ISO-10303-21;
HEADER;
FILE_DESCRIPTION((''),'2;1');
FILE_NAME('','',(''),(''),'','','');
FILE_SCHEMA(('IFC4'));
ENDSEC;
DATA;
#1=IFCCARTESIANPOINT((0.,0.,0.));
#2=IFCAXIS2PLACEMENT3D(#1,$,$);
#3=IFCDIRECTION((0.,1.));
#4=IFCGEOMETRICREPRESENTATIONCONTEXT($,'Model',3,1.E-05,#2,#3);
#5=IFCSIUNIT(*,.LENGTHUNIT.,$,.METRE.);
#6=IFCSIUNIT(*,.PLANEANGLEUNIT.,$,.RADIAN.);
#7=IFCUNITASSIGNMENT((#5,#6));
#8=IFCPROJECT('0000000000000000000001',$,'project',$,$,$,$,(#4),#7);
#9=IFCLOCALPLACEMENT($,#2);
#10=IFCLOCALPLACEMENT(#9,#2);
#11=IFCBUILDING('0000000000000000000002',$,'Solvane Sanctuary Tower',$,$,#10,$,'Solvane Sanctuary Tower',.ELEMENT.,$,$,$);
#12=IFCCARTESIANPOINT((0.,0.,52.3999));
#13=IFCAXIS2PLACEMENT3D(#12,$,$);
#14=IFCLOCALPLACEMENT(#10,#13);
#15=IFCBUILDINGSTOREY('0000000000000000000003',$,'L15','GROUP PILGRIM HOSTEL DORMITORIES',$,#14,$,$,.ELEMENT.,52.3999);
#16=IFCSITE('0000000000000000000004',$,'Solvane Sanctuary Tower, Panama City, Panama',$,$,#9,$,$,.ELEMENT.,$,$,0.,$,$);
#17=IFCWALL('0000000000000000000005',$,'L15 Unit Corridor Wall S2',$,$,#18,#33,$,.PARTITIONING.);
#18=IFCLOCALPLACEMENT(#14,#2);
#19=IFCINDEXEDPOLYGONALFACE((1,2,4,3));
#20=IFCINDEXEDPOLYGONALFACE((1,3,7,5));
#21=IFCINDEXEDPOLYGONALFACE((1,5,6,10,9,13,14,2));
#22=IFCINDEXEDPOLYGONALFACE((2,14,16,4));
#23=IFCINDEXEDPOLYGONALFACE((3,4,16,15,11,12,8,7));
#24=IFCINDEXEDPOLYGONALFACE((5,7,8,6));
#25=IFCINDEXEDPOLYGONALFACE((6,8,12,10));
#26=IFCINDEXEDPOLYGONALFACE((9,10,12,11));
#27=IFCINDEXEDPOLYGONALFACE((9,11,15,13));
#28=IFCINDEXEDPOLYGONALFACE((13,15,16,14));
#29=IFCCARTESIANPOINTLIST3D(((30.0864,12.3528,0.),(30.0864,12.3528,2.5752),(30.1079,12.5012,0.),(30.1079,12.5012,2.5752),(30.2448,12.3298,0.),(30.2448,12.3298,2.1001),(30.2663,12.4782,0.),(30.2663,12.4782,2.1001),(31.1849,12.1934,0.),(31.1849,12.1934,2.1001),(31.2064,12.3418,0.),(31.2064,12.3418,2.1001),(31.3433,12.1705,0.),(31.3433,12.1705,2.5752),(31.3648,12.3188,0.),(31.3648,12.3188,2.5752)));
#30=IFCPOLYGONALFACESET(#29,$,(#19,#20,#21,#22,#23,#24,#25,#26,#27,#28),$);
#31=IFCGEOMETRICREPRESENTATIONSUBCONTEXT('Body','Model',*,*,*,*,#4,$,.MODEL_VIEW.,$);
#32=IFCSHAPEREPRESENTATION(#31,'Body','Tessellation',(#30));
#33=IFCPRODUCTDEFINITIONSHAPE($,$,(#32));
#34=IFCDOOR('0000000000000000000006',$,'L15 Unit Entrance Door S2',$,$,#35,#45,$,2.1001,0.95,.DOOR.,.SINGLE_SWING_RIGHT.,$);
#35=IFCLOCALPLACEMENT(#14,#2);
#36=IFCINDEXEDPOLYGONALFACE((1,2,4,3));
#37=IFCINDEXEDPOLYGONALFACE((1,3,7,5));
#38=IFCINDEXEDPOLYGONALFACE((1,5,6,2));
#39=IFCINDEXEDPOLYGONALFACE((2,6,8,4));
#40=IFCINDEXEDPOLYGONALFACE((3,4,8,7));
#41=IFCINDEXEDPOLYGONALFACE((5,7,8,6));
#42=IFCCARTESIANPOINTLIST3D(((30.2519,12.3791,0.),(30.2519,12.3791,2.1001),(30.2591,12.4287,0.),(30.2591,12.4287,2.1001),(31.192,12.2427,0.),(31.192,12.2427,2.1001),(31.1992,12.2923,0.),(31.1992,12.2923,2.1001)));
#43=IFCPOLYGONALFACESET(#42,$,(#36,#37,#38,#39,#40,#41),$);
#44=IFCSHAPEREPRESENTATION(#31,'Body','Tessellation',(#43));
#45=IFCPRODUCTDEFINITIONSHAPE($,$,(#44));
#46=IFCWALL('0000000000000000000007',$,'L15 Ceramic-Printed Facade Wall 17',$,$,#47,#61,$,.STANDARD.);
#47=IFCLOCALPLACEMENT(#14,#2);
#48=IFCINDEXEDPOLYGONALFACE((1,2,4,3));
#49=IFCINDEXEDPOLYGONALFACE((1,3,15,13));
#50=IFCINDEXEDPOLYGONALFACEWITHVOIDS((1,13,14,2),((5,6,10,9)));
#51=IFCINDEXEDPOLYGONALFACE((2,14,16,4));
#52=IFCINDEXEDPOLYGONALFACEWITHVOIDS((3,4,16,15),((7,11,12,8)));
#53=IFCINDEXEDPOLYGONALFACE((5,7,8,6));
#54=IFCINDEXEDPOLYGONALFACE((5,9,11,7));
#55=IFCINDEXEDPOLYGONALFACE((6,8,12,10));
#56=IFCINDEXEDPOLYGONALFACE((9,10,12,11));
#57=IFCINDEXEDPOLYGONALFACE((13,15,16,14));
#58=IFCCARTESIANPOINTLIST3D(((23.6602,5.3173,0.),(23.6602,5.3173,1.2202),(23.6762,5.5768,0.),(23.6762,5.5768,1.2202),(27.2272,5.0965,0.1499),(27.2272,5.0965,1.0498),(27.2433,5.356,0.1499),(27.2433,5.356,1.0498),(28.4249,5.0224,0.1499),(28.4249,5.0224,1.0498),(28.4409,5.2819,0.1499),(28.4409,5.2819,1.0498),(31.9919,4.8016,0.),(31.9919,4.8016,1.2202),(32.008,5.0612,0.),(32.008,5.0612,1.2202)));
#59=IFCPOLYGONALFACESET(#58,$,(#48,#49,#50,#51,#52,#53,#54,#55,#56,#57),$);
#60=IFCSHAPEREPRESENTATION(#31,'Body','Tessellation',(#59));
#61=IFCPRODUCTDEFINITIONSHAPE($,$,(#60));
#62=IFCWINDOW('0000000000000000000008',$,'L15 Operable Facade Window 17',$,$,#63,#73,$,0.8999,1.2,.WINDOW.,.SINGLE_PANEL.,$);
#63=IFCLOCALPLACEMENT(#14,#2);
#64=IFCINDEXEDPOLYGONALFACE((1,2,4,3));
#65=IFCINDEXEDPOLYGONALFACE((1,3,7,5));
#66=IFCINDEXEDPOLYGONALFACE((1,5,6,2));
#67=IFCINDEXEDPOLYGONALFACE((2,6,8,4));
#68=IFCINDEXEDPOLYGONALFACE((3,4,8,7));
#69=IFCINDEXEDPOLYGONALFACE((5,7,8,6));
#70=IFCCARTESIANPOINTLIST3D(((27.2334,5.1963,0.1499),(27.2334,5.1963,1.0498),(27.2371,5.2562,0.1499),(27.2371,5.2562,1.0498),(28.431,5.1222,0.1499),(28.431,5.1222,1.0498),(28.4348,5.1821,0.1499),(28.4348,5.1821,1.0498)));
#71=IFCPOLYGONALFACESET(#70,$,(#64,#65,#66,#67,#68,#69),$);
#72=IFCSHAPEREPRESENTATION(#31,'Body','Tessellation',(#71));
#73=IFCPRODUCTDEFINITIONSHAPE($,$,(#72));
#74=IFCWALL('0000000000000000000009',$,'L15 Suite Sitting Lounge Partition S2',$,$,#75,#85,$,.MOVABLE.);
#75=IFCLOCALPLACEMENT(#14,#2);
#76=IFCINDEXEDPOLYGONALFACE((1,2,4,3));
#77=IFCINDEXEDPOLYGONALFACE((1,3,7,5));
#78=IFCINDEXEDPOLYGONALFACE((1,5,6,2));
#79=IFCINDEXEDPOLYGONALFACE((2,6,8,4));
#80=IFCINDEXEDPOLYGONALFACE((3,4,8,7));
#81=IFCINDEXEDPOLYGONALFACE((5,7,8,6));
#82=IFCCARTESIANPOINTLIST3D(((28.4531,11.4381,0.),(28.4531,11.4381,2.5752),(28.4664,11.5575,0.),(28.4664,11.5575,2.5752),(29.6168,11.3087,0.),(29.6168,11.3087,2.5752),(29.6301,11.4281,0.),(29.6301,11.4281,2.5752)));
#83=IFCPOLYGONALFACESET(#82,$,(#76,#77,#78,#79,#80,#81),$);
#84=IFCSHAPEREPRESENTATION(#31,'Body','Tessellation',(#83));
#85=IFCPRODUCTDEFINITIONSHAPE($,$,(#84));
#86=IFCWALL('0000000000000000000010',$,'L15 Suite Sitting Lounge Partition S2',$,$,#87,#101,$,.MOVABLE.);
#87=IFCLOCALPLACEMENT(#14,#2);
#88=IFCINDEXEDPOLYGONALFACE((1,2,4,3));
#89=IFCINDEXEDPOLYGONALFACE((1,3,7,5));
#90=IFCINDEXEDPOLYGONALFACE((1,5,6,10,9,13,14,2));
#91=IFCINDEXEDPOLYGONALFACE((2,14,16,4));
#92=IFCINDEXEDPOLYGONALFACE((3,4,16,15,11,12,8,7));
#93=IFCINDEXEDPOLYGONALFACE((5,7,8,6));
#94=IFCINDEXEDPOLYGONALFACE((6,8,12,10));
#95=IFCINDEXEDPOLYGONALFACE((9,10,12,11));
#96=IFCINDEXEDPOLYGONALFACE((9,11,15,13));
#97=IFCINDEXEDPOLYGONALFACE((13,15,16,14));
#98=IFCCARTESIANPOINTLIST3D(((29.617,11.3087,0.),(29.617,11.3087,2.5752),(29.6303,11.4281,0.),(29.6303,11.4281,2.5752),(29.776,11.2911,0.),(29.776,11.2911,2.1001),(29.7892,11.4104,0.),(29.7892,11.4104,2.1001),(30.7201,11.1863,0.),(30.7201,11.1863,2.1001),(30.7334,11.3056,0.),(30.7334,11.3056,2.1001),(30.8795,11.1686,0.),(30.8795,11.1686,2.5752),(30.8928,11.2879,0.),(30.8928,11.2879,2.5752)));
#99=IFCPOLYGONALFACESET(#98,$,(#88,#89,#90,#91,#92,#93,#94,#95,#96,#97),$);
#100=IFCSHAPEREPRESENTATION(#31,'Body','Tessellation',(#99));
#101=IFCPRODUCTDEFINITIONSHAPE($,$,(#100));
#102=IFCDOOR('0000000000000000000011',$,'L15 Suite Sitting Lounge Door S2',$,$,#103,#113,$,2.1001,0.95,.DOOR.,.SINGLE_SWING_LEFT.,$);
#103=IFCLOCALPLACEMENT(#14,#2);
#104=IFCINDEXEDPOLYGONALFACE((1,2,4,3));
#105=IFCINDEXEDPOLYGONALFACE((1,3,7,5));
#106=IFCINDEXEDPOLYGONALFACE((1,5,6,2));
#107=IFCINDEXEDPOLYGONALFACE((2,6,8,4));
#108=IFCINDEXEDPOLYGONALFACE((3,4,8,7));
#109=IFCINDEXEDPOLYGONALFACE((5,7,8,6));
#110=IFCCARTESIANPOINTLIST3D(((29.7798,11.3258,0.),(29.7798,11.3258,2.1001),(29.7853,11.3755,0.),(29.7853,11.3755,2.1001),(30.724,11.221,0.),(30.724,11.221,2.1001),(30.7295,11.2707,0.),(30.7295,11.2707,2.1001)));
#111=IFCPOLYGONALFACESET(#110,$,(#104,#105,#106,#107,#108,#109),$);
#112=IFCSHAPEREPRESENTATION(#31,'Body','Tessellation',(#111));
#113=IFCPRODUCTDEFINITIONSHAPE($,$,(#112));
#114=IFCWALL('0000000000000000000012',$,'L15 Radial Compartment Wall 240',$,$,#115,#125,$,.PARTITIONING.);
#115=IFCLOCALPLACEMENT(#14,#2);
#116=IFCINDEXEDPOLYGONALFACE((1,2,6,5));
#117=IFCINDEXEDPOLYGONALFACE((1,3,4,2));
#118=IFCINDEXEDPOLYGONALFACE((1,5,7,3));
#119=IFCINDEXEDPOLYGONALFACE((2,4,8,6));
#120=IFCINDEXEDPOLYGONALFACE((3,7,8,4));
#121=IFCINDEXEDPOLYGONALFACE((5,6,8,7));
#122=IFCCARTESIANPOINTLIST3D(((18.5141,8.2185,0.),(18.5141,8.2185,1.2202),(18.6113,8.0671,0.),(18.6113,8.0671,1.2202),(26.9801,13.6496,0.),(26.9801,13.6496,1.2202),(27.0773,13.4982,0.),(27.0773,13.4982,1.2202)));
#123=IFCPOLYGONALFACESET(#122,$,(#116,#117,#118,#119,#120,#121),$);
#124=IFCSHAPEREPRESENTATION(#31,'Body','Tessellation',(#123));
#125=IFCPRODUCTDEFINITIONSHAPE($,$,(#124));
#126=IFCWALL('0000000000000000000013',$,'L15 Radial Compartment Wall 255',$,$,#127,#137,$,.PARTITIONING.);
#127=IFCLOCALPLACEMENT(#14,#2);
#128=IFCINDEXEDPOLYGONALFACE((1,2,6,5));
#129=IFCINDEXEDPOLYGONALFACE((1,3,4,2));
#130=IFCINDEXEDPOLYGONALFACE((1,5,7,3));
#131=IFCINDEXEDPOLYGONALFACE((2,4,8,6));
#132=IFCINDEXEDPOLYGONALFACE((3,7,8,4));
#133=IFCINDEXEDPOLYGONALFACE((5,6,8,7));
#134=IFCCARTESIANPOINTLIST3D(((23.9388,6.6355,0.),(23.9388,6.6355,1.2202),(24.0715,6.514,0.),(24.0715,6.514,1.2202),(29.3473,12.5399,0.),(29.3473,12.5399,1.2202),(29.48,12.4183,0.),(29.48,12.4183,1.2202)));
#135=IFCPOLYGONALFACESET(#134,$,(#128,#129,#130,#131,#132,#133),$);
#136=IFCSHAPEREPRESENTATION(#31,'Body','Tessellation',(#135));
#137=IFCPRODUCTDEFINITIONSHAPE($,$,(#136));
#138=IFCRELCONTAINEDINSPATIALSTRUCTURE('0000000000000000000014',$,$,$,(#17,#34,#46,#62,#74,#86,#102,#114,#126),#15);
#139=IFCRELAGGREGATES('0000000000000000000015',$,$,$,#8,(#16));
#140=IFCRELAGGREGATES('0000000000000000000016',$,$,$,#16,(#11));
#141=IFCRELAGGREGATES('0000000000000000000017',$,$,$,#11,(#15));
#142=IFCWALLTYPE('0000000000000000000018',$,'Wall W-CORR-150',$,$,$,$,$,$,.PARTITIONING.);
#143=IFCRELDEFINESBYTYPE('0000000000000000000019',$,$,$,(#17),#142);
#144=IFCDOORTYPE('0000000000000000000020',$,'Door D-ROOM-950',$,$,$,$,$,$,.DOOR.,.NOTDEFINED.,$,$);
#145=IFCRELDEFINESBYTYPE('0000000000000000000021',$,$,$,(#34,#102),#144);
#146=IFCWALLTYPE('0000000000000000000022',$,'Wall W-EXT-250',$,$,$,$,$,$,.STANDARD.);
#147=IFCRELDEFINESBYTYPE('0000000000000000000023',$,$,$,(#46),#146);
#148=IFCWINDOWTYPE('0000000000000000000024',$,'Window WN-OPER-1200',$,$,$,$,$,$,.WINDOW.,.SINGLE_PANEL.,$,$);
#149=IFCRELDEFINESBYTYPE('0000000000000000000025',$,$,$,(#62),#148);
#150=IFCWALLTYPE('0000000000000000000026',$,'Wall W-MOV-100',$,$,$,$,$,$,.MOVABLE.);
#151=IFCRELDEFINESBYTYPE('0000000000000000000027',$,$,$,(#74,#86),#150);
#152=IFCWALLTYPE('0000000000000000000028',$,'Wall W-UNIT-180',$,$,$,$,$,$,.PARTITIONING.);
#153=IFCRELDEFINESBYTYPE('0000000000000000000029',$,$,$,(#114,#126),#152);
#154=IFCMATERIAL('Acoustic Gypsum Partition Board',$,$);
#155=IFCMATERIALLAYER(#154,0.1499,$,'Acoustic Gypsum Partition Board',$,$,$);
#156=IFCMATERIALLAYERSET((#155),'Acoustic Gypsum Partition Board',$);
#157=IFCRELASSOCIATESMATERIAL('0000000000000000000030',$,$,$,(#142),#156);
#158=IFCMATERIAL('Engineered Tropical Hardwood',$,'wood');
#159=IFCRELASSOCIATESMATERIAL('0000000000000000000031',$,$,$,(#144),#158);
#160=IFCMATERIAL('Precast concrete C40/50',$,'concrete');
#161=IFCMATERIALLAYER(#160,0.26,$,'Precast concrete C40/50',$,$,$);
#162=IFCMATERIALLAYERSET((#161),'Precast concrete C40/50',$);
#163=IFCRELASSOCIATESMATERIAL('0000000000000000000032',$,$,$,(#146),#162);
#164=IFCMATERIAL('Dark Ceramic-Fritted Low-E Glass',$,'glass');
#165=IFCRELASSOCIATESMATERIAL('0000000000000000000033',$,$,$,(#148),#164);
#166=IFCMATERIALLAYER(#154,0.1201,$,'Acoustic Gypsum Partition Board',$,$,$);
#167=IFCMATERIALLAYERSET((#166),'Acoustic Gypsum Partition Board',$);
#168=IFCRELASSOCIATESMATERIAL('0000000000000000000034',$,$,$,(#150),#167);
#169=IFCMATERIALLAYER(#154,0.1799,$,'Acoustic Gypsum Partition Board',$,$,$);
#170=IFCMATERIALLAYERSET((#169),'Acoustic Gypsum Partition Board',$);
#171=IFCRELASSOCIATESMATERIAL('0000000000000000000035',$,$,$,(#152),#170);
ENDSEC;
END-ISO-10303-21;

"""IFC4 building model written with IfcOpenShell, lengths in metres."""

from ifc_helpers import new_model, si_unit, direction, frame, frame_2d, origin, place, context, subcontext, project, spatial, rectangle, extrude, material, layer, layer_set, type_object, element, fill, save


model = new_model("IFC4")

# Units and contexts
model_context = context("Model", 3, precision=1e-05, world=origin(), true_north=direction((0.0, 1.0)))
body_context = subcontext(model_context, "Body", "Model", "MODEL_VIEW")
ifc_project = project(units=[si_unit("LENGTHUNIT", "METRE"), si_unit("PLANEANGLEUNIT", "RADIAN")], contexts=[model_context])

# Site, building, storey
site_placement = place(None, origin())
site = spatial("IfcSite", under=ifc_project, at=site_placement, Name="Solvane Sanctuary Tower, Panama City, Panama", CompositionType="ELEMENT", RefElevation=0.0)
building_placement = place(site_placement, origin())
building = spatial("IfcBuilding", under=site, at=building_placement, Name="Solvane Sanctuary Tower", LongName="Solvane Sanctuary Tower", CompositionType="ELEMENT")
storey_placement = place(building_placement, frame((0.0, 0.0, 52.3999)))
storey = spatial("IfcBuildingStorey", under=building, at=storey_placement, Name="L15", Description="GROUP PILGRIM HOSTEL DORMITORIES", CompositionType="ELEMENT", Elevation=52.3999)

# Shared definitions
ifc_material_1 = material(Name="Dark Ceramic-Fritted Low-E Glass", Category="glass")

# Shared definitions
ifc_material_2 = material(Name="Acoustic Gypsum Partition Board")
ifc_layer_1 = layer(ifc_material_2, 0.1499, Name="Acoustic Gypsum Partition Board")
ifc_layer_set_1 = layer_set([ifc_layer_1], Name="Acoustic Gypsum Partition Board")
wall_type_1 = type_object("IfcWallType", Name="Wall W-CORR-150", PredefinedType="PARTITIONING", material=ifc_layer_set_1)

# Shared definitions
ifc_material_3 = material(Name="Engineered Tropical Hardwood", Category="wood")
door_type = type_object("IfcDoorType", Name="Door D-ROOM-950", OperationType="NOTDEFINED", PredefinedType="DOOR", material=ifc_material_3)

# Wall, opening, door
wall_1_placement = place(storey_placement, frame((30.0972, 12.427, 0.0), z_axis=(0.0, 0.0, 1.0), x_axis=(0.989636, -0.143601, 0.0)))
wall_1 = element("IfcWall", 1, at=wall_1_placement, inside=storey, type_object=wall_type_1, Name="L15 Unit Corridor Wall S2", PredefinedType="PARTITIONING", context=body_context, shape_type="SweptSolid", body=[
    extrude(rectangle(XDim=1.27, YDim=0.1499, at=frame_2d((0.635, 0.0))), origin(), (0.0, 0.0, 1.0), 2.5752),
])
opening_1_placement = place(wall_1_placement, frame((0.1599, 0.0, 0.0)))
opening_1 = element("IfcOpeningElement", 2, at=opening_1_placement, cuts=wall_1, PredefinedType="OPENING", context=body_context, shape_type="SweptSolid", body=[
    extrude(rectangle(XDim=0.95, YDim=2.1001, at=frame_2d((0.4751, 1.05))), frame((0.0, 0.085, 0.0), z_axis=(0.0, -1.0, 0.0), x_axis=(1.0, 0.0, 0.0)), (0.0, 0.0, 1.0), 0.1699),
])
door_1_placement = place(opening_1_placement, origin())
door_1 = element("IfcDoor", 3, at=door_1_placement, inside=storey, type_object=door_type, Name="L15 Unit Entrance Door S2", OperationType="SINGLE_SWING_RIGHT", OverallHeight=2.1001, OverallWidth=0.95, PredefinedType="DOOR", context=body_context, shape_type="SweptSolid", body=[
    extrude(rectangle(XDim=0.95, YDim=2.1001, at=frame_2d((0.4751, 1.05))), frame((0.0, 0.0249, 0.0), z_axis=(0.0, -1.0, 0.0), x_axis=(1.0, 0.0, 0.0)), (0.0, 0.0, 1.0), 0.05),
])
fill(opening_1, door_1)

# Wall, opening, window
ifc_material_4 = material(Name="Precast concrete C40/50", Category="concrete")
ifc_layer_2 = layer(ifc_material_4, 0.26, Name="Precast concrete C40/50")
ifc_layer_set_2 = layer_set([ifc_layer_2], Name="Precast concrete C40/50")
wall_type_2 = type_object("IfcWallType", Name="Wall W-EXT-250", PredefinedType="STANDARD", material=ifc_layer_set_2)
wall_2_placement = place(storey_placement, frame((23.6682, 5.447, 0.0), z_axis=(0.0, 0.0, 1.0), x_axis=(0.998091, -0.061768, 0.0)))
wall_2 = element("IfcWall", 4, at=wall_2_placement, inside=storey, type_object=wall_type_2, Name="L15 Ceramic-Printed Facade Wall 17", PredefinedType="STANDARD", context=body_context, shape_type="SweptSolid", body=[
    extrude(rectangle(XDim=8.3477, YDim=0.26, at=frame_2d((4.1738, 0.0))), origin(), (0.0, 0.0, 1.0), 1.2202),
])
opening_2_placement = place(wall_2_placement, frame((3.5737, 0.0, 0.1499)))
opening_2 = element("IfcOpeningElement", 5, at=opening_2_placement, cuts=wall_2, PredefinedType="OPENING", context=body_context, shape_type="SweptSolid", body=[
    extrude(rectangle(XDim=1.2, YDim=0.8999, at=frame_2d((0.6001, 0.45))), frame((0.0, 0.1399, 0.0), z_axis=(0.0, -1.0, 0.0), x_axis=(1.0, 0.0, 0.0)), (0.0, 0.0, 1.0), 0.28),
])
window_type = type_object("IfcWindowType", Name="Window WN-OPER-1200", PartitioningType="SINGLE_PANEL", PredefinedType="WINDOW", material=ifc_material_1)
window_placement = place(opening_2_placement, origin())
window = element("IfcWindow", 6, at=window_placement, inside=storey, type_object=window_type, Name="L15 Operable Facade Window 17", OverallHeight=0.8999, OverallWidth=1.2, PartitioningType="SINGLE_PANEL", PredefinedType="WINDOW", context=body_context, shape_type="SweptSolid", body=[
    extrude(rectangle(XDim=1.2, YDim=0.8999, at=frame_2d((0.6001, 0.45))), frame((0.0, 0.03, 0.0), z_axis=(0.0, -1.0, 0.0), x_axis=(1.0, 0.0, 0.0)), (0.0, 0.0, 1.0), 0.0601),
])
fill(opening_2, window)

# Wall
ifc_layer_3 = layer(ifc_material_2, 0.1201, Name="Acoustic Gypsum Partition Board")
ifc_layer_set_3 = layer_set([ifc_layer_3], Name="Acoustic Gypsum Partition Board")
wall_type_3 = type_object("IfcWallType", Name="Wall W-MOV-100", PredefinedType="MOVABLE", material=ifc_layer_set_3)
wall_3_placement = place(storey_placement, frame((28.4597, 11.4978, 0.0), z_axis=(0.0, 0.0, 1.0), x_axis=(0.993876, -0.1105, 0.0)))
element("IfcWall", 7, at=wall_3_placement, inside=storey, type_object=wall_type_3, Name="L15 Suite Sitting Lounge Partition S2", PredefinedType="MOVABLE", context=body_context, shape_type="SweptSolid", body=[
    extrude(rectangle(XDim=1.1709, YDim=0.1201, at=frame_2d((0.5854, 0.0))), origin(), (0.0, 0.0, 1.0), 2.5752),
])

# Wall, opening, door
wall_4_placement = place(storey_placement, frame((29.6235, 11.3684, 0.0), z_axis=(0.0, 0.0, 1.0), x_axis=(0.993895, -0.110326, 0.0)))
wall_4 = element("IfcWall", 8, at=wall_4_placement, inside=storey, type_object=wall_type_3, Name="L15 Suite Sitting Lounge Partition S2", PredefinedType="MOVABLE", context=body_context, shape_type="SweptSolid", body=[
    extrude(rectangle(XDim=1.2703, YDim=0.1201, at=frame_2d((0.6353, 0.0))), origin(), (0.0, 0.0, 1.0), 2.5752),
])
opening_3_placement = place(wall_4_placement, frame((0.1599, 0.0, 0.0)))
opening_3 = element("IfcOpeningElement", 9, at=opening_3_placement, cuts=wall_4, PredefinedType="OPENING", context=body_context, shape_type="SweptSolid", body=[
    extrude(rectangle(XDim=0.95, YDim=2.1001, at=frame_2d((0.4751, 1.05))), frame((0.0, 0.0701, 0.0), z_axis=(0.0, -1.0, 0.0), x_axis=(1.0, 0.0, 0.0)), (0.0, 0.0, 1.0), 0.1401),
])
door_2_placement = place(opening_3_placement, origin())
door_2 = element("IfcDoor", 10, at=door_2_placement, inside=storey, type_object=door_type, Name="L15 Suite Sitting Lounge Door S2", OperationType="SINGLE_SWING_LEFT", OverallHeight=2.1001, OverallWidth=0.95, PredefinedType="DOOR", context=body_context, shape_type="SweptSolid", body=[
    extrude(rectangle(XDim=0.95, YDim=2.1001, at=frame_2d((0.4751, 1.05))), frame((0.0, 0.0249, 0.0), z_axis=(0.0, -1.0, 0.0), x_axis=(1.0, 0.0, 0.0)), (0.0, 0.0, 1.0), 0.05),
])
fill(opening_3, door_2)

# Walls
ifc_layer_4 = layer(ifc_material_2, 0.1799, Name="Acoustic Gypsum Partition Board")
ifc_layer_set_4 = layer_set([ifc_layer_4], Name="Acoustic Gypsum Partition Board")
wall_type_4 = type_object("IfcWallType", Name="Wall W-UNIT-180", PredefinedType="PARTITIONING", material=ifc_layer_set_4)
wall_5_placement = place(storey_placement, frame((27.0288, 13.574, 0.0), z_axis=(0.0, 0.0, 1.0), x_axis=(-0.84169, -0.539961, 0.0)))
element("IfcWall", 11, at=wall_5_placement, inside=storey, type_object=wall_type_4, Name="L15 Radial Compartment Wall 240", PredefinedType="PARTITIONING", context=body_context, shape_type="SweptSolid", body=[
    extrude(rectangle(XDim=10.0583, YDim=0.1799, at=frame_2d((5.0293, 0.0))), origin(), (0.0, 0.0, 1.0), 1.2202),
])
wall_6_placement = place(storey_placement, frame((29.4136, 12.479, 0.0), z_axis=(0.0, 0.0, 1.0), x_axis=(-0.675465, -0.737392, 0.0)))
element("IfcWall", 12, at=wall_6_placement, inside=storey, type_object=wall_type_4, Name="L15 Radial Compartment Wall 255", PredefinedType="PARTITIONING", context=body_context, shape_type="SweptSolid", body=[
    extrude(rectangle(XDim=8.0071, YDim=0.1799, at=frame_2d((4.0034, 0.0))), origin(), (0.0, 0.0, 1.0), 1.2202),
])

save(model, "model.ifc")
